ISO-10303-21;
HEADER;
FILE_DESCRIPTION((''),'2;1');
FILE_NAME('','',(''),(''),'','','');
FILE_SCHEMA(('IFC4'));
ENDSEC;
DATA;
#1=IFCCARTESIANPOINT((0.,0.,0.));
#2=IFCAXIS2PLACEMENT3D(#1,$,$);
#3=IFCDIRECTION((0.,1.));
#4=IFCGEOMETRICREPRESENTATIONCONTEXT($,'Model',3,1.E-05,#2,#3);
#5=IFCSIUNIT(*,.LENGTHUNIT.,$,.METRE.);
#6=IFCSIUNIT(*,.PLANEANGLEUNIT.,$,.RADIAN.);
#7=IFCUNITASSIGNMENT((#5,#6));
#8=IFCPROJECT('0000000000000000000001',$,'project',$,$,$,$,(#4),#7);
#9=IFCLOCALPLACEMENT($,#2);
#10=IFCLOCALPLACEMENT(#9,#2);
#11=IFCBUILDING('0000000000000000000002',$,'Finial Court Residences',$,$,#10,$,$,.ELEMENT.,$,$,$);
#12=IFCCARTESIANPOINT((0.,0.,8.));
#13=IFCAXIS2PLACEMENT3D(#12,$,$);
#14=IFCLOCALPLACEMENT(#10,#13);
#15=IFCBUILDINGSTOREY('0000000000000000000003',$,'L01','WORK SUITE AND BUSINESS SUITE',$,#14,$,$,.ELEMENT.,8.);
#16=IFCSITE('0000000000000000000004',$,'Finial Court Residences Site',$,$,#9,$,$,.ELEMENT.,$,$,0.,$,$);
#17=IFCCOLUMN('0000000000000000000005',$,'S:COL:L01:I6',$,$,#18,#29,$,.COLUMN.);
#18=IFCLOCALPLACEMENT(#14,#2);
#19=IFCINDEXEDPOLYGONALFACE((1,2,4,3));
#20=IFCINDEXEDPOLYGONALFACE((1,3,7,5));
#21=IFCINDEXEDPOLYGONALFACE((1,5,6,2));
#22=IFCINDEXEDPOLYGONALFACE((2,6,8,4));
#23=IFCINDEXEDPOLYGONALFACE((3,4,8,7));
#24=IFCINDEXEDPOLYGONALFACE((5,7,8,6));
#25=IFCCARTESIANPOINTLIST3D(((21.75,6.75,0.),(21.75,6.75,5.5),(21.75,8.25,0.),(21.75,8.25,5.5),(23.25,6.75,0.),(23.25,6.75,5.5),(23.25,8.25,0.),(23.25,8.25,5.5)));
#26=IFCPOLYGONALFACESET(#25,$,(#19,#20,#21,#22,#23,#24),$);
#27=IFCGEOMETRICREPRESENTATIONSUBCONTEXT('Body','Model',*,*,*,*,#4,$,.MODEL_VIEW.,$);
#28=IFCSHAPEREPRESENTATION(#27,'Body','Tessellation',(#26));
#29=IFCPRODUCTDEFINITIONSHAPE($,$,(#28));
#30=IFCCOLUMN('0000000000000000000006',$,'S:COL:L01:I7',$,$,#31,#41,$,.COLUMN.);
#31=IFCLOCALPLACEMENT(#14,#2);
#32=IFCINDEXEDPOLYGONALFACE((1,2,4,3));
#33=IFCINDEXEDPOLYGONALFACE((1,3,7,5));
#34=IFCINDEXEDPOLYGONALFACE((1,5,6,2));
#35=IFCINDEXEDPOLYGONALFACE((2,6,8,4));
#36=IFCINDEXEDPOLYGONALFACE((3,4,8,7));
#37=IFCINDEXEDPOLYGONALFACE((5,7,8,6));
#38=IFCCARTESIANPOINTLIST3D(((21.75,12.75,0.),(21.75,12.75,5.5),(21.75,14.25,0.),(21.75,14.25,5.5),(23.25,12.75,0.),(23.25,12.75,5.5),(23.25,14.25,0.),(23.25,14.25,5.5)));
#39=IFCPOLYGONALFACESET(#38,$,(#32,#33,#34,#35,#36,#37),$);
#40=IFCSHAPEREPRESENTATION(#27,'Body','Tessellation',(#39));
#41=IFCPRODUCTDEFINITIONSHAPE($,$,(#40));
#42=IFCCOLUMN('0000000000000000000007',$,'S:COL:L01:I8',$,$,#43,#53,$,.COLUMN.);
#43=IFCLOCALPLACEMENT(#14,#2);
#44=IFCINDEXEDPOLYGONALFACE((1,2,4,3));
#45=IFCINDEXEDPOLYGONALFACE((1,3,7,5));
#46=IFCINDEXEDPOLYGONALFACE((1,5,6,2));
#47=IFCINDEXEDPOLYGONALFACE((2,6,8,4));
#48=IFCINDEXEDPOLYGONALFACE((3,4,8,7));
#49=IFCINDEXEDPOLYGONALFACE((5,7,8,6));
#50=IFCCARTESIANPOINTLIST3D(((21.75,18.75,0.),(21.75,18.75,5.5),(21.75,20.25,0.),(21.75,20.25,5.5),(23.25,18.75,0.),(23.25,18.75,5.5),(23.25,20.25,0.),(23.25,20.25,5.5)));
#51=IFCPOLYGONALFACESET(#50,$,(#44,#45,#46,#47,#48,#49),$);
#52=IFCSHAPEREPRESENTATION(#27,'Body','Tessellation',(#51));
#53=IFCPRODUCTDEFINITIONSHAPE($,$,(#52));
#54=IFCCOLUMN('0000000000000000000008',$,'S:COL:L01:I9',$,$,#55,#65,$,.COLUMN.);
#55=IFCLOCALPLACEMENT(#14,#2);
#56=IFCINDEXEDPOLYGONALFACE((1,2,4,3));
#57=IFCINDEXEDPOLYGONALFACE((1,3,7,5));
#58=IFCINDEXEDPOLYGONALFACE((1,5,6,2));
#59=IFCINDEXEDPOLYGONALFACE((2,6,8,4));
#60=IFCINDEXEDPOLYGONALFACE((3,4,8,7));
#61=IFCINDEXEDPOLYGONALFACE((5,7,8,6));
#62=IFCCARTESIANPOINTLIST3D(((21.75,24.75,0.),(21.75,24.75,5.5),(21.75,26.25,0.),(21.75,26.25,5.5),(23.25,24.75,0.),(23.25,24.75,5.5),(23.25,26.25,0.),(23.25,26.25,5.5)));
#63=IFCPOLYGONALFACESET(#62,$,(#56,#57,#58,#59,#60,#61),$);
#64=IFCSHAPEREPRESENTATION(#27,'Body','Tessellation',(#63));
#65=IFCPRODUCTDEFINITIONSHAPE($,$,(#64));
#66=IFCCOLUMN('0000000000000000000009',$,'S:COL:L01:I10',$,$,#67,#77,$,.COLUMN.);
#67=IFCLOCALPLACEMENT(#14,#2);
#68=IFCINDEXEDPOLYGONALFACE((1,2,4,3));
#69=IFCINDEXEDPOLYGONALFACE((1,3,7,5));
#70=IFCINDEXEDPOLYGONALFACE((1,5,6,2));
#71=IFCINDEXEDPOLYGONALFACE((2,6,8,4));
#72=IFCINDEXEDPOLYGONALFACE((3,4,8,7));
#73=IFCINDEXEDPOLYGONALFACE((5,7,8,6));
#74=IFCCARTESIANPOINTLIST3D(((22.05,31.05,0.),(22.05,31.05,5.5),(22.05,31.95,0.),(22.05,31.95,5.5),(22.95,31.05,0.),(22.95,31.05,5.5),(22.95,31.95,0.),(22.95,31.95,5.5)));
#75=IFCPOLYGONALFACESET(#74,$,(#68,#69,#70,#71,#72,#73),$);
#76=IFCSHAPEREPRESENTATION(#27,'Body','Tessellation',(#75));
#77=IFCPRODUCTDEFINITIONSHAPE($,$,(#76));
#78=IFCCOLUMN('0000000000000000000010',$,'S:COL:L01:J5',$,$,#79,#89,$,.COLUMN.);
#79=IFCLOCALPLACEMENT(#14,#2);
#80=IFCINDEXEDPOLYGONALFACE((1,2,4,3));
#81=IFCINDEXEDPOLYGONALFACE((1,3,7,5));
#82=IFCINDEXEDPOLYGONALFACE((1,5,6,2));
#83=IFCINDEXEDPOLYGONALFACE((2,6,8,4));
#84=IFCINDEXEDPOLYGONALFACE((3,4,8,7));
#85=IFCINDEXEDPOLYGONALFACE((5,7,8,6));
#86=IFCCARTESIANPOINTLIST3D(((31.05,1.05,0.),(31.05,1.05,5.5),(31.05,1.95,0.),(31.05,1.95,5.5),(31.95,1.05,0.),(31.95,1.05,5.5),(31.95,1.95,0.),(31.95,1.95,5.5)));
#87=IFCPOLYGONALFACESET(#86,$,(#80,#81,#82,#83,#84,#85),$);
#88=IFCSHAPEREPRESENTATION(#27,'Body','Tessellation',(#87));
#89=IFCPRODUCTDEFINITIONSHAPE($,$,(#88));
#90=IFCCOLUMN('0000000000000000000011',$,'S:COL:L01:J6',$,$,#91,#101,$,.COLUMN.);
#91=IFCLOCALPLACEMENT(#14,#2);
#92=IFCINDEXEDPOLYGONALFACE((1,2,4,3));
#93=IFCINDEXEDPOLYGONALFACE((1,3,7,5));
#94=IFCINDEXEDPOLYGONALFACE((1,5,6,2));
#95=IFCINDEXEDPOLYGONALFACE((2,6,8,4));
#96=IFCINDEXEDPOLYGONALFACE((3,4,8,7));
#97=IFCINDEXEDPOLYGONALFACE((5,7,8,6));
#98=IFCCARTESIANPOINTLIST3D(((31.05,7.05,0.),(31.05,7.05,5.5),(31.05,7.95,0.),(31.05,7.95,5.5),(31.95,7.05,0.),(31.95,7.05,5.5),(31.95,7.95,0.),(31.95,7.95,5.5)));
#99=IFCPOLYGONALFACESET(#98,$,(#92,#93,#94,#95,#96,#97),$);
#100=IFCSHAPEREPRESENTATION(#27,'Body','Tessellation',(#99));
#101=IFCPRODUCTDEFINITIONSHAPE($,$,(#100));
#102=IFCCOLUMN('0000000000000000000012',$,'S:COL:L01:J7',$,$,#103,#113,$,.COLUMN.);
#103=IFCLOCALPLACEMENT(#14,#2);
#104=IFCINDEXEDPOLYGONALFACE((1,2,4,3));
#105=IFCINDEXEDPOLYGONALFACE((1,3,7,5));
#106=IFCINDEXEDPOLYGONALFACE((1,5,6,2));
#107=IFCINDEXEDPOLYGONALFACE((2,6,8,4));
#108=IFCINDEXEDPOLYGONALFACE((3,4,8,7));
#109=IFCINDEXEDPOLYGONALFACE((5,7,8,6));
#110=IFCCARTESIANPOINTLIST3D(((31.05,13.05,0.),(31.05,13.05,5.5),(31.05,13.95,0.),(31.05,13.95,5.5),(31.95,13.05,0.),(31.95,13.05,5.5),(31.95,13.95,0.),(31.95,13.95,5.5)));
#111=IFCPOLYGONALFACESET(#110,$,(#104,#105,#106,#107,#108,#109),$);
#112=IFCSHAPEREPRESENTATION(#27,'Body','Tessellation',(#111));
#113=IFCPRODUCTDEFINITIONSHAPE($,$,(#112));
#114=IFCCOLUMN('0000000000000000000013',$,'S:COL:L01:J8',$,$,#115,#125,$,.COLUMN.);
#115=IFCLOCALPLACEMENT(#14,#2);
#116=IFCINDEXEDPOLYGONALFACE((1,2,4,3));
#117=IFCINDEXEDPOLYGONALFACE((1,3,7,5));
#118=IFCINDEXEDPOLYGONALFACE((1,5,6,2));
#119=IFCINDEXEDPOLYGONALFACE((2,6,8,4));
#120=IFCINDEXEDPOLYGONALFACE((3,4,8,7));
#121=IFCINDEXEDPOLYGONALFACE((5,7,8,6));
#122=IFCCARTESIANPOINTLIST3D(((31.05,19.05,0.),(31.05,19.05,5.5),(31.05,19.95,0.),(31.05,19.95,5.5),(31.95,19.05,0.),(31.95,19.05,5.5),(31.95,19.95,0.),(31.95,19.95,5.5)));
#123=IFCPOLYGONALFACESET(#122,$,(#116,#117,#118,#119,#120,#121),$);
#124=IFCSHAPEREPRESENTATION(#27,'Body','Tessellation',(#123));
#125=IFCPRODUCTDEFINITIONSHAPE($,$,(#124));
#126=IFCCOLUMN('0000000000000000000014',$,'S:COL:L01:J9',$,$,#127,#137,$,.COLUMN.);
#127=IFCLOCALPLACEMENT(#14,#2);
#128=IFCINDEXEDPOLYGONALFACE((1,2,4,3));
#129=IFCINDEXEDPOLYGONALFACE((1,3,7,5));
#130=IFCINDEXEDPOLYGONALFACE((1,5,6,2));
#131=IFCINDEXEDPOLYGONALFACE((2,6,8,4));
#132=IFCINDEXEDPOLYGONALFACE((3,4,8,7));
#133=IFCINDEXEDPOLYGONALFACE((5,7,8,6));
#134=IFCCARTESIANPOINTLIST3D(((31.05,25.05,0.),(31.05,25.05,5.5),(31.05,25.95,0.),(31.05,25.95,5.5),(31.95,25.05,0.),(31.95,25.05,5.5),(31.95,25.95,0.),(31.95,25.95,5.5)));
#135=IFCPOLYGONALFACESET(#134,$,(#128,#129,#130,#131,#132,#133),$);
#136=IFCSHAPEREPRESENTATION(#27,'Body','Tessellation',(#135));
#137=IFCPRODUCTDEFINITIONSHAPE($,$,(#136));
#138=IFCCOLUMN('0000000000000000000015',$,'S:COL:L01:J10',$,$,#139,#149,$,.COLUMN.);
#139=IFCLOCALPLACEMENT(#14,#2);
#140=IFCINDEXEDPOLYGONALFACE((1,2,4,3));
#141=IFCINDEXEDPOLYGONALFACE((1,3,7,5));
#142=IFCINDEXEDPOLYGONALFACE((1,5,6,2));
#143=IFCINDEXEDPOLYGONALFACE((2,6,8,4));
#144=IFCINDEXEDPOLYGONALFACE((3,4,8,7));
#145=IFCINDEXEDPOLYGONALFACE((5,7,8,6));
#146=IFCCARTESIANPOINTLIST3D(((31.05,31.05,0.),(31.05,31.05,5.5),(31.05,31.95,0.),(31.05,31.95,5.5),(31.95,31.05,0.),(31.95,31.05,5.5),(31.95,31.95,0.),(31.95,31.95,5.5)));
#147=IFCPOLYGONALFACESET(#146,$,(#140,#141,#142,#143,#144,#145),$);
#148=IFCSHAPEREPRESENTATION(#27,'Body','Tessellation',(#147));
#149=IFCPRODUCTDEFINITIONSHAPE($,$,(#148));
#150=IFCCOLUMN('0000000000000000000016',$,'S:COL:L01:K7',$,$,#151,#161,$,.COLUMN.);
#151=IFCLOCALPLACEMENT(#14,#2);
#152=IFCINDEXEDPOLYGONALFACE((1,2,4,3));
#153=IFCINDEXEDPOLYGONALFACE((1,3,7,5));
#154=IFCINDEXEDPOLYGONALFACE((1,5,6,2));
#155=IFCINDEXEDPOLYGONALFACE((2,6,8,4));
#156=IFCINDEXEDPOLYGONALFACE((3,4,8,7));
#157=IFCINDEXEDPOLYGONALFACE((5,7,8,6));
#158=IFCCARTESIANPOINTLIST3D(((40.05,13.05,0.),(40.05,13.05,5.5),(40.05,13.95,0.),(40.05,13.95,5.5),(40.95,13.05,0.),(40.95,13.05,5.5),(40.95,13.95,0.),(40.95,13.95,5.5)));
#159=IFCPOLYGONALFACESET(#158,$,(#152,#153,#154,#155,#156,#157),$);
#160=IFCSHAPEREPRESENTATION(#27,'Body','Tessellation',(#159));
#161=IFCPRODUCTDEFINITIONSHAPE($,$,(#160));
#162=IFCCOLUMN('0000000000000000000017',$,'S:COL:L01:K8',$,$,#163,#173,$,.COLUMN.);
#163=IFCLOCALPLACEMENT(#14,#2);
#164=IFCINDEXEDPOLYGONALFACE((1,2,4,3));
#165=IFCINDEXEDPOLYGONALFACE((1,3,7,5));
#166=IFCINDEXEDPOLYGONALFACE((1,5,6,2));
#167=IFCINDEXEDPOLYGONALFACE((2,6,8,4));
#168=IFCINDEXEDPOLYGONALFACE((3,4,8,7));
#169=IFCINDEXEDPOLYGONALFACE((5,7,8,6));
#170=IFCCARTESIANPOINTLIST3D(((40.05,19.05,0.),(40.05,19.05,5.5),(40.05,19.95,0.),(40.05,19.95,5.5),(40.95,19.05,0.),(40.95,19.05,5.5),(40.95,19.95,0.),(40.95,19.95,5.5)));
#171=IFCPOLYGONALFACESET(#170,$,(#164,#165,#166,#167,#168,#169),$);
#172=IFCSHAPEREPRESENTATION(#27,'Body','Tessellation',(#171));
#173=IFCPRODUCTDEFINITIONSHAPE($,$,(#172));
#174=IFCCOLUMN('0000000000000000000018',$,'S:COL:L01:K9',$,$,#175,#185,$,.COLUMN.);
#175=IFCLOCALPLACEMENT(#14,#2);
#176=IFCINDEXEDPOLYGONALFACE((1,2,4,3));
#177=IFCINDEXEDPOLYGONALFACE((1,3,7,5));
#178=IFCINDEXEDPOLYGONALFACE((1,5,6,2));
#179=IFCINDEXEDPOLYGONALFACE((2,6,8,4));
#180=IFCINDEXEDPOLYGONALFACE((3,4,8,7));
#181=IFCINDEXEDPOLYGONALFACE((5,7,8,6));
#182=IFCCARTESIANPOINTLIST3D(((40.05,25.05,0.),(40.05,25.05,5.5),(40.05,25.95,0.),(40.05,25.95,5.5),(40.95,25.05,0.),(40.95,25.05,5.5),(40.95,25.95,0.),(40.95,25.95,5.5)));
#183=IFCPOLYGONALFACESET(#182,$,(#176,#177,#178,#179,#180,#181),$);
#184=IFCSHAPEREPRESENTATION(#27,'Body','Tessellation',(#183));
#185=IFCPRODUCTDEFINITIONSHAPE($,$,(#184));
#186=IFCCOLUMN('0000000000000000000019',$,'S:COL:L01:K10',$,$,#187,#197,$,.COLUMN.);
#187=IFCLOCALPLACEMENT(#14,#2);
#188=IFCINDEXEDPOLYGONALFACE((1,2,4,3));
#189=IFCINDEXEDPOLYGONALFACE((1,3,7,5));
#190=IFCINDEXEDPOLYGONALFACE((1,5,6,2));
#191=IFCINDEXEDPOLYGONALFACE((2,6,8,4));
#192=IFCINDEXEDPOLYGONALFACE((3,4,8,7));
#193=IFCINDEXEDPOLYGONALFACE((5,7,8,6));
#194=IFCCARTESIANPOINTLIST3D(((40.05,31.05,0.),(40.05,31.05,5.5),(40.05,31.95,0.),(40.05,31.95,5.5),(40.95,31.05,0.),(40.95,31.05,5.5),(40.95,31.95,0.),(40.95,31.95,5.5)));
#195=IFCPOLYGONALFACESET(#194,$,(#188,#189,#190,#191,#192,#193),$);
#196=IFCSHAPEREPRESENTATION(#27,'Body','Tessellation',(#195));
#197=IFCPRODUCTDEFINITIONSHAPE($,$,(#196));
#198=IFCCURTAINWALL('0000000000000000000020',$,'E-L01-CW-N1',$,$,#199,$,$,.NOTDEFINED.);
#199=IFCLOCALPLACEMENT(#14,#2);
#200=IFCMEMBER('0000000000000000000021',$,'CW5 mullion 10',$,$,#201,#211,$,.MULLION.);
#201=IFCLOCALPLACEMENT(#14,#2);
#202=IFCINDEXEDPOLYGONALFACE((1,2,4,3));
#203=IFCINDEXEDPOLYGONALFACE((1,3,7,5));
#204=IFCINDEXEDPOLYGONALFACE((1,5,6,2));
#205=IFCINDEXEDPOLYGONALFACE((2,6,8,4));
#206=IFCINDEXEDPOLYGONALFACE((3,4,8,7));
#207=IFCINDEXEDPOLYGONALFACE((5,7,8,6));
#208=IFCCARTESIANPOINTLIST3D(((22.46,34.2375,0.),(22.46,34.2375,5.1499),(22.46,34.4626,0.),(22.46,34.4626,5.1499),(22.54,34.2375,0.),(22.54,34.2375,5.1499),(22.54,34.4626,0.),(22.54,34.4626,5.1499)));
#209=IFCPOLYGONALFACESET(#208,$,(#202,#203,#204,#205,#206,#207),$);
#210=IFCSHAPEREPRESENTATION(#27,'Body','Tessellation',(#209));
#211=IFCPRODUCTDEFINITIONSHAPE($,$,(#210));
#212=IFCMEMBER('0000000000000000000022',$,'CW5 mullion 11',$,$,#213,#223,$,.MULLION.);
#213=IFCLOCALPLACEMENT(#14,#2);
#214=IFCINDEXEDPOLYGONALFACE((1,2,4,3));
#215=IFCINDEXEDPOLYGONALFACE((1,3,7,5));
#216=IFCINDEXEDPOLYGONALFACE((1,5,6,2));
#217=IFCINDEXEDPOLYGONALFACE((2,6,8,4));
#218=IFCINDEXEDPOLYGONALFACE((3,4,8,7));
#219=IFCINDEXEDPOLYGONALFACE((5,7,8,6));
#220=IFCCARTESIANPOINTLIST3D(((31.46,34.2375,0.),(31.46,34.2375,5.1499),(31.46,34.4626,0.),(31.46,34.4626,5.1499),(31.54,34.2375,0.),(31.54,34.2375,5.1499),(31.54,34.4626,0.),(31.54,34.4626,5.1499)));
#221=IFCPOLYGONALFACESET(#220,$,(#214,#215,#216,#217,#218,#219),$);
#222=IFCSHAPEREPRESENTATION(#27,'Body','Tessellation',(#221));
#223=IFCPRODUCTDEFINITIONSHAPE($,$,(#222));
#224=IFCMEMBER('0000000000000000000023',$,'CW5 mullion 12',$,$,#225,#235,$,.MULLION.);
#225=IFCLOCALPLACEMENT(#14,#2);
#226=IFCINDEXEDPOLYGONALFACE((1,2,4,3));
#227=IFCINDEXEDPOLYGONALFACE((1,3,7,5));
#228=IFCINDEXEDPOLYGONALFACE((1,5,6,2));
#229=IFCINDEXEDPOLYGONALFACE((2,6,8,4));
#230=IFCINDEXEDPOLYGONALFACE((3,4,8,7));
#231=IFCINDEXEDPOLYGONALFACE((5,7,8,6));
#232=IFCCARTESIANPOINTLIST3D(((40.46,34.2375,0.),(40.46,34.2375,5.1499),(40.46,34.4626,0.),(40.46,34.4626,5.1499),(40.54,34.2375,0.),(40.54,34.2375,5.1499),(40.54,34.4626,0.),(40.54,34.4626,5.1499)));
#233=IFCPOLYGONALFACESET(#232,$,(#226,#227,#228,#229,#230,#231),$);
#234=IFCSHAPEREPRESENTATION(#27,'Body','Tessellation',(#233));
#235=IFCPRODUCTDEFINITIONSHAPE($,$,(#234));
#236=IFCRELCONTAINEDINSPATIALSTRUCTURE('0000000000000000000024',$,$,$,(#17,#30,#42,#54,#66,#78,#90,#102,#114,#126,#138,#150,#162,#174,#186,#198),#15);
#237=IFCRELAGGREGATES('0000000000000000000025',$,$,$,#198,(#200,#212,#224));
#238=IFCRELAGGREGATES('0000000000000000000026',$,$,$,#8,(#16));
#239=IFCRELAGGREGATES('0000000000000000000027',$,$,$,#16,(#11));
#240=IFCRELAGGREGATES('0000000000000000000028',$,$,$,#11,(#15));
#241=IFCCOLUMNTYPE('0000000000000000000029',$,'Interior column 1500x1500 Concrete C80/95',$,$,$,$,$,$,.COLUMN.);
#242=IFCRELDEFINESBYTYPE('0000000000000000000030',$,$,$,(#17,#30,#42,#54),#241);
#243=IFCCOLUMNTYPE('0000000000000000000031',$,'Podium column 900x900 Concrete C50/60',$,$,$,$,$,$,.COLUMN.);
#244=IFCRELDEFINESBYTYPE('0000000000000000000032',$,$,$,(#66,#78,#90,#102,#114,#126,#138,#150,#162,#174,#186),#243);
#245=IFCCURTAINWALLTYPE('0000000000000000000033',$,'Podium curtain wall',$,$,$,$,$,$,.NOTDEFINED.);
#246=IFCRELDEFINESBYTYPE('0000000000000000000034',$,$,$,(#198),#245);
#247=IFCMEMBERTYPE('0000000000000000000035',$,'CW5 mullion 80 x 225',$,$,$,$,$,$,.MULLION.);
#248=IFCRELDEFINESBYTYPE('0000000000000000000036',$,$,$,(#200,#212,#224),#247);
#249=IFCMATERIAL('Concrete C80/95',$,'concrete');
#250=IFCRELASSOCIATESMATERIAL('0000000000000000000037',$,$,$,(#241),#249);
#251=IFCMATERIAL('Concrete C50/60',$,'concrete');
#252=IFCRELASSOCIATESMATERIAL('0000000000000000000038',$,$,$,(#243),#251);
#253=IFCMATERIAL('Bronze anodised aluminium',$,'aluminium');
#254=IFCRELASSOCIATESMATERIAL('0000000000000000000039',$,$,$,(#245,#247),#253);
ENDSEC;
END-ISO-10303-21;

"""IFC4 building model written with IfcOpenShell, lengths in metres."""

from ifc_helpers import new_model, si_unit, direction, frame, origin, origin_2d, place, context, subcontext, project, spatial, rectangle, extrude, material, material_profile, profile_set, type_object, element, aggregate, save


model = new_model("IFC4")

# Units and contexts
model_context = context("Model", 3, precision=1e-05, world=origin(), true_north=direction((0.0, 1.0)))
body_context = subcontext(model_context, "Body", "Model", "MODEL_VIEW")
ifc_project = project(units=[si_unit("LENGTHUNIT", "METRE"), si_unit("PLANEANGLEUNIT", "RADIAN")], contexts=[model_context])

# Site, building, storey
site_placement = place(None, origin())
site = spatial("IfcSite", under=ifc_project, at=site_placement, Name="Finial Court Residences Site", CompositionType="ELEMENT", RefElevation=0.0)
building_placement = place(site_placement, origin())
building = spatial("IfcBuilding", under=site, at=building_placement, Name="Finial Court Residences", CompositionType="ELEMENT")
storey_placement = place(building_placement, frame((0.0, 0.0, 8.0)))
storey = spatial("IfcBuildingStorey", under=building, at=storey_placement, Name="L01", Description="WORK SUITE AND BUSINESS SUITE", CompositionType="ELEMENT", Elevation=8.0)

# Columns
ifc_material_1 = material(Name="Concrete C80/95", Category="concrete")
ifc_material_profile_1 = material_profile(ifc_material_1, rectangle(XDim=1.5, YDim=1.5, at=origin_2d()), Name="1500x1500")
ifc_profile_set_1 = profile_set([ifc_material_profile_1], Name="Concrete C80/95")
column_type_1 = type_object("IfcColumnType", Name="Interior column 1500x1500 Concrete C80/95", PredefinedType="COLUMN", material=ifc_profile_set_1)
for number, where, z_axis, x_axis, name in (
    (1, (22.5, 7.5, 0.0), (0.0, 0.0, 1.0), (1.0, 0.0, 0.0), "S:COL:L01:I6"),
    (2, (22.5, 13.5, 0.0), (0.0, 0.0, 1.0), (1.0, 0.0, 0.0), "S:COL:L01:I7"),
    (3, (22.5, 19.5, 0.0), (0.0, 0.0, 1.0), (1.0, 0.0, 0.0), "S:COL:L01:I8"),
    (4, (22.5, 25.5, 0.0), (0.0, 0.0, 1.0), (1.0, 0.0, 0.0), "S:COL:L01:I9"),
):
    element("IfcColumn", number, at=place(storey_placement, frame(where, z_axis=z_axis, x_axis=x_axis)), inside=storey, type_object=column_type_1, Name=name, PredefinedType="COLUMN", context=body_context, shape_type="SweptSolid", body=[
        extrude(rectangle(XDim=1.5, YDim=1.5, at=origin_2d()), origin(), (0.0, 0.0, 1.0), 5.5),
    ])
ifc_material_2 = material(Name="Concrete C50/60", Category="concrete")
ifc_material_profile_2 = material_profile(ifc_material_2, rectangle(XDim=0.8999, YDim=0.8999, at=origin_2d()), Name="900x900")
ifc_profile_set_2 = profile_set([ifc_material_profile_2], Name="Concrete C50/60")
column_type_2 = type_object("IfcColumnType", Name="Podium column 900x900 Concrete C50/60", PredefinedType="COLUMN", material=ifc_profile_set_2)
for number, where, z_axis, x_axis, name in (
    (5, (22.5, 31.5, 0.0), (0.0, 0.0, 1.0), (1.0, 0.0, 0.0), "S:COL:L01:I10"),
    (6, (31.5, 1.5, 0.0), (0.0, 0.0, 1.0), (1.0, 0.0, 0.0), "S:COL:L01:J5"),
    (7, (31.5, 7.5, 0.0), (0.0, 0.0, 1.0), (1.0, 0.0, 0.0), "S:COL:L01:J6"),
    (8, (31.5, 13.5, 0.0), (0.0, 0.0, 1.0), (1.0, 0.0, 0.0), "S:COL:L01:J7"),
    (9, (31.5, 19.5, 0.0), (0.0, 0.0, 1.0), (1.0, 0.0, 0.0), "S:COL:L01:J8"),
    (10, (31.5, 25.5, 0.0), (0.0, 0.0, 1.0), (1.0, 0.0, 0.0), "S:COL:L01:J9"),
    (11, (31.5, 31.5, 0.0), (0.0, 0.0, 1.0), (1.0, 0.0, 0.0), "S:COL:L01:J10"),
    (12, (40.5, 13.5, 0.0), (0.0, 0.0, 1.0), (1.0, 0.0, 0.0), "S:COL:L01:K7"),
    (13, (40.5, 19.5, 0.0), (0.0, 0.0, 1.0), (1.0, 0.0, 0.0), "S:COL:L01:K8"),
    (14, (40.5, 25.5, 0.0), (0.0, 0.0, 1.0), (1.0, 0.0, 0.0), "S:COL:L01:K9"),
    (15, (40.5, 31.5, 0.0), (0.0, 0.0, 1.0), (1.0, 0.0, 0.0), "S:COL:L01:K10"),
):
    element("IfcColumn", number, at=place(storey_placement, frame(where, z_axis=z_axis, x_axis=x_axis)), inside=storey, type_object=column_type_2, Name=name, PredefinedType="COLUMN", context=body_context, shape_type="SweptSolid", body=[
        extrude(rectangle(XDim=0.8999, YDim=0.8999, at=origin_2d()), origin(), (0.0, 0.0, 1.0), 5.5),
    ])

# Curtain wall, members
ifc_material_3 = material(Name="Bronze anodised aluminium", Category="aluminium")
curtain_wall_type = type_object("IfcCurtainWallType", Name="Podium curtain wall", PredefinedType="NOTDEFINED", material=ifc_material_3)
curtain_wall_placement = place(storey_placement, origin())
curtain_wall = element("IfcCurtainWall", 16, at=curtain_wall_placement, inside=storey, type_object=curtain_wall_type, Name="E-L01-CW-N1", PredefinedType="NOTDEFINED")
ifc_material_profile_3 = material_profile(ifc_material_3, rectangle(XDim=0.2251, YDim=0.0801, at=origin_2d()), Name="CW5 mullion 80 x 225")
ifc_profile_set_3 = profile_set([ifc_material_profile_3], Name="Bronze anodised aluminium")
member_type_1 = type_object("IfcMemberType", Name="CW5 mullion 80 x 225", PredefinedType="MULLION", material=ifc_profile_set_3)
member_1_placement = place(storey_placement, frame((22.5, 34.3501, 0.0), z_axis=(0.0, 0.0, 1.0), x_axis=(0.0, 1.0, 0.0)))
member_1 = element("IfcMember", 17, at=member_1_placement, type_object=member_type_1, Name="CW5 mullion 10", PredefinedType="MULLION", context=body_context, shape_type="SweptSolid", body=[
    extrude(rectangle(XDim=0.2251, YDim=0.0801, at=origin_2d()), origin(), (0.0, 0.0, 1.0), 5.1499),
])
member_2_placement = place(storey_placement, frame((31.5, 34.3501, 0.0), z_axis=(0.0, 0.0, 1.0), x_axis=(0.0, 1.0, 0.0)))
member_2 = element("IfcMember", 18, at=member_2_placement, type_object=member_type_1, Name="CW5 mullion 11", PredefinedType="MULLION", context=body_context, shape_type="SweptSolid", body=[
    extrude(rectangle(XDim=0.2251, YDim=0.0801, at=origin_2d()), origin(), (0.0, 0.0, 1.0), 5.1499),
])
member_3_placement = place(storey_placement, frame((40.5, 34.3501, 0.0), z_axis=(0.0, 0.0, 1.0), x_axis=(0.0, 1.0, 0.0)))
member_3 = element("IfcMember", 19, at=member_3_placement, type_object=member_type_1, Name="CW5 mullion 12", PredefinedType="MULLION", context=body_context, shape_type="SweptSolid", body=[
    extrude(rectangle(XDim=0.2251, YDim=0.0801, at=origin_2d()), origin(), (0.0, 0.0, 1.0), 5.1499),
])
aggregate(curtain_wall, [member_1, member_2, member_3])

save(model, "model.ifc")
